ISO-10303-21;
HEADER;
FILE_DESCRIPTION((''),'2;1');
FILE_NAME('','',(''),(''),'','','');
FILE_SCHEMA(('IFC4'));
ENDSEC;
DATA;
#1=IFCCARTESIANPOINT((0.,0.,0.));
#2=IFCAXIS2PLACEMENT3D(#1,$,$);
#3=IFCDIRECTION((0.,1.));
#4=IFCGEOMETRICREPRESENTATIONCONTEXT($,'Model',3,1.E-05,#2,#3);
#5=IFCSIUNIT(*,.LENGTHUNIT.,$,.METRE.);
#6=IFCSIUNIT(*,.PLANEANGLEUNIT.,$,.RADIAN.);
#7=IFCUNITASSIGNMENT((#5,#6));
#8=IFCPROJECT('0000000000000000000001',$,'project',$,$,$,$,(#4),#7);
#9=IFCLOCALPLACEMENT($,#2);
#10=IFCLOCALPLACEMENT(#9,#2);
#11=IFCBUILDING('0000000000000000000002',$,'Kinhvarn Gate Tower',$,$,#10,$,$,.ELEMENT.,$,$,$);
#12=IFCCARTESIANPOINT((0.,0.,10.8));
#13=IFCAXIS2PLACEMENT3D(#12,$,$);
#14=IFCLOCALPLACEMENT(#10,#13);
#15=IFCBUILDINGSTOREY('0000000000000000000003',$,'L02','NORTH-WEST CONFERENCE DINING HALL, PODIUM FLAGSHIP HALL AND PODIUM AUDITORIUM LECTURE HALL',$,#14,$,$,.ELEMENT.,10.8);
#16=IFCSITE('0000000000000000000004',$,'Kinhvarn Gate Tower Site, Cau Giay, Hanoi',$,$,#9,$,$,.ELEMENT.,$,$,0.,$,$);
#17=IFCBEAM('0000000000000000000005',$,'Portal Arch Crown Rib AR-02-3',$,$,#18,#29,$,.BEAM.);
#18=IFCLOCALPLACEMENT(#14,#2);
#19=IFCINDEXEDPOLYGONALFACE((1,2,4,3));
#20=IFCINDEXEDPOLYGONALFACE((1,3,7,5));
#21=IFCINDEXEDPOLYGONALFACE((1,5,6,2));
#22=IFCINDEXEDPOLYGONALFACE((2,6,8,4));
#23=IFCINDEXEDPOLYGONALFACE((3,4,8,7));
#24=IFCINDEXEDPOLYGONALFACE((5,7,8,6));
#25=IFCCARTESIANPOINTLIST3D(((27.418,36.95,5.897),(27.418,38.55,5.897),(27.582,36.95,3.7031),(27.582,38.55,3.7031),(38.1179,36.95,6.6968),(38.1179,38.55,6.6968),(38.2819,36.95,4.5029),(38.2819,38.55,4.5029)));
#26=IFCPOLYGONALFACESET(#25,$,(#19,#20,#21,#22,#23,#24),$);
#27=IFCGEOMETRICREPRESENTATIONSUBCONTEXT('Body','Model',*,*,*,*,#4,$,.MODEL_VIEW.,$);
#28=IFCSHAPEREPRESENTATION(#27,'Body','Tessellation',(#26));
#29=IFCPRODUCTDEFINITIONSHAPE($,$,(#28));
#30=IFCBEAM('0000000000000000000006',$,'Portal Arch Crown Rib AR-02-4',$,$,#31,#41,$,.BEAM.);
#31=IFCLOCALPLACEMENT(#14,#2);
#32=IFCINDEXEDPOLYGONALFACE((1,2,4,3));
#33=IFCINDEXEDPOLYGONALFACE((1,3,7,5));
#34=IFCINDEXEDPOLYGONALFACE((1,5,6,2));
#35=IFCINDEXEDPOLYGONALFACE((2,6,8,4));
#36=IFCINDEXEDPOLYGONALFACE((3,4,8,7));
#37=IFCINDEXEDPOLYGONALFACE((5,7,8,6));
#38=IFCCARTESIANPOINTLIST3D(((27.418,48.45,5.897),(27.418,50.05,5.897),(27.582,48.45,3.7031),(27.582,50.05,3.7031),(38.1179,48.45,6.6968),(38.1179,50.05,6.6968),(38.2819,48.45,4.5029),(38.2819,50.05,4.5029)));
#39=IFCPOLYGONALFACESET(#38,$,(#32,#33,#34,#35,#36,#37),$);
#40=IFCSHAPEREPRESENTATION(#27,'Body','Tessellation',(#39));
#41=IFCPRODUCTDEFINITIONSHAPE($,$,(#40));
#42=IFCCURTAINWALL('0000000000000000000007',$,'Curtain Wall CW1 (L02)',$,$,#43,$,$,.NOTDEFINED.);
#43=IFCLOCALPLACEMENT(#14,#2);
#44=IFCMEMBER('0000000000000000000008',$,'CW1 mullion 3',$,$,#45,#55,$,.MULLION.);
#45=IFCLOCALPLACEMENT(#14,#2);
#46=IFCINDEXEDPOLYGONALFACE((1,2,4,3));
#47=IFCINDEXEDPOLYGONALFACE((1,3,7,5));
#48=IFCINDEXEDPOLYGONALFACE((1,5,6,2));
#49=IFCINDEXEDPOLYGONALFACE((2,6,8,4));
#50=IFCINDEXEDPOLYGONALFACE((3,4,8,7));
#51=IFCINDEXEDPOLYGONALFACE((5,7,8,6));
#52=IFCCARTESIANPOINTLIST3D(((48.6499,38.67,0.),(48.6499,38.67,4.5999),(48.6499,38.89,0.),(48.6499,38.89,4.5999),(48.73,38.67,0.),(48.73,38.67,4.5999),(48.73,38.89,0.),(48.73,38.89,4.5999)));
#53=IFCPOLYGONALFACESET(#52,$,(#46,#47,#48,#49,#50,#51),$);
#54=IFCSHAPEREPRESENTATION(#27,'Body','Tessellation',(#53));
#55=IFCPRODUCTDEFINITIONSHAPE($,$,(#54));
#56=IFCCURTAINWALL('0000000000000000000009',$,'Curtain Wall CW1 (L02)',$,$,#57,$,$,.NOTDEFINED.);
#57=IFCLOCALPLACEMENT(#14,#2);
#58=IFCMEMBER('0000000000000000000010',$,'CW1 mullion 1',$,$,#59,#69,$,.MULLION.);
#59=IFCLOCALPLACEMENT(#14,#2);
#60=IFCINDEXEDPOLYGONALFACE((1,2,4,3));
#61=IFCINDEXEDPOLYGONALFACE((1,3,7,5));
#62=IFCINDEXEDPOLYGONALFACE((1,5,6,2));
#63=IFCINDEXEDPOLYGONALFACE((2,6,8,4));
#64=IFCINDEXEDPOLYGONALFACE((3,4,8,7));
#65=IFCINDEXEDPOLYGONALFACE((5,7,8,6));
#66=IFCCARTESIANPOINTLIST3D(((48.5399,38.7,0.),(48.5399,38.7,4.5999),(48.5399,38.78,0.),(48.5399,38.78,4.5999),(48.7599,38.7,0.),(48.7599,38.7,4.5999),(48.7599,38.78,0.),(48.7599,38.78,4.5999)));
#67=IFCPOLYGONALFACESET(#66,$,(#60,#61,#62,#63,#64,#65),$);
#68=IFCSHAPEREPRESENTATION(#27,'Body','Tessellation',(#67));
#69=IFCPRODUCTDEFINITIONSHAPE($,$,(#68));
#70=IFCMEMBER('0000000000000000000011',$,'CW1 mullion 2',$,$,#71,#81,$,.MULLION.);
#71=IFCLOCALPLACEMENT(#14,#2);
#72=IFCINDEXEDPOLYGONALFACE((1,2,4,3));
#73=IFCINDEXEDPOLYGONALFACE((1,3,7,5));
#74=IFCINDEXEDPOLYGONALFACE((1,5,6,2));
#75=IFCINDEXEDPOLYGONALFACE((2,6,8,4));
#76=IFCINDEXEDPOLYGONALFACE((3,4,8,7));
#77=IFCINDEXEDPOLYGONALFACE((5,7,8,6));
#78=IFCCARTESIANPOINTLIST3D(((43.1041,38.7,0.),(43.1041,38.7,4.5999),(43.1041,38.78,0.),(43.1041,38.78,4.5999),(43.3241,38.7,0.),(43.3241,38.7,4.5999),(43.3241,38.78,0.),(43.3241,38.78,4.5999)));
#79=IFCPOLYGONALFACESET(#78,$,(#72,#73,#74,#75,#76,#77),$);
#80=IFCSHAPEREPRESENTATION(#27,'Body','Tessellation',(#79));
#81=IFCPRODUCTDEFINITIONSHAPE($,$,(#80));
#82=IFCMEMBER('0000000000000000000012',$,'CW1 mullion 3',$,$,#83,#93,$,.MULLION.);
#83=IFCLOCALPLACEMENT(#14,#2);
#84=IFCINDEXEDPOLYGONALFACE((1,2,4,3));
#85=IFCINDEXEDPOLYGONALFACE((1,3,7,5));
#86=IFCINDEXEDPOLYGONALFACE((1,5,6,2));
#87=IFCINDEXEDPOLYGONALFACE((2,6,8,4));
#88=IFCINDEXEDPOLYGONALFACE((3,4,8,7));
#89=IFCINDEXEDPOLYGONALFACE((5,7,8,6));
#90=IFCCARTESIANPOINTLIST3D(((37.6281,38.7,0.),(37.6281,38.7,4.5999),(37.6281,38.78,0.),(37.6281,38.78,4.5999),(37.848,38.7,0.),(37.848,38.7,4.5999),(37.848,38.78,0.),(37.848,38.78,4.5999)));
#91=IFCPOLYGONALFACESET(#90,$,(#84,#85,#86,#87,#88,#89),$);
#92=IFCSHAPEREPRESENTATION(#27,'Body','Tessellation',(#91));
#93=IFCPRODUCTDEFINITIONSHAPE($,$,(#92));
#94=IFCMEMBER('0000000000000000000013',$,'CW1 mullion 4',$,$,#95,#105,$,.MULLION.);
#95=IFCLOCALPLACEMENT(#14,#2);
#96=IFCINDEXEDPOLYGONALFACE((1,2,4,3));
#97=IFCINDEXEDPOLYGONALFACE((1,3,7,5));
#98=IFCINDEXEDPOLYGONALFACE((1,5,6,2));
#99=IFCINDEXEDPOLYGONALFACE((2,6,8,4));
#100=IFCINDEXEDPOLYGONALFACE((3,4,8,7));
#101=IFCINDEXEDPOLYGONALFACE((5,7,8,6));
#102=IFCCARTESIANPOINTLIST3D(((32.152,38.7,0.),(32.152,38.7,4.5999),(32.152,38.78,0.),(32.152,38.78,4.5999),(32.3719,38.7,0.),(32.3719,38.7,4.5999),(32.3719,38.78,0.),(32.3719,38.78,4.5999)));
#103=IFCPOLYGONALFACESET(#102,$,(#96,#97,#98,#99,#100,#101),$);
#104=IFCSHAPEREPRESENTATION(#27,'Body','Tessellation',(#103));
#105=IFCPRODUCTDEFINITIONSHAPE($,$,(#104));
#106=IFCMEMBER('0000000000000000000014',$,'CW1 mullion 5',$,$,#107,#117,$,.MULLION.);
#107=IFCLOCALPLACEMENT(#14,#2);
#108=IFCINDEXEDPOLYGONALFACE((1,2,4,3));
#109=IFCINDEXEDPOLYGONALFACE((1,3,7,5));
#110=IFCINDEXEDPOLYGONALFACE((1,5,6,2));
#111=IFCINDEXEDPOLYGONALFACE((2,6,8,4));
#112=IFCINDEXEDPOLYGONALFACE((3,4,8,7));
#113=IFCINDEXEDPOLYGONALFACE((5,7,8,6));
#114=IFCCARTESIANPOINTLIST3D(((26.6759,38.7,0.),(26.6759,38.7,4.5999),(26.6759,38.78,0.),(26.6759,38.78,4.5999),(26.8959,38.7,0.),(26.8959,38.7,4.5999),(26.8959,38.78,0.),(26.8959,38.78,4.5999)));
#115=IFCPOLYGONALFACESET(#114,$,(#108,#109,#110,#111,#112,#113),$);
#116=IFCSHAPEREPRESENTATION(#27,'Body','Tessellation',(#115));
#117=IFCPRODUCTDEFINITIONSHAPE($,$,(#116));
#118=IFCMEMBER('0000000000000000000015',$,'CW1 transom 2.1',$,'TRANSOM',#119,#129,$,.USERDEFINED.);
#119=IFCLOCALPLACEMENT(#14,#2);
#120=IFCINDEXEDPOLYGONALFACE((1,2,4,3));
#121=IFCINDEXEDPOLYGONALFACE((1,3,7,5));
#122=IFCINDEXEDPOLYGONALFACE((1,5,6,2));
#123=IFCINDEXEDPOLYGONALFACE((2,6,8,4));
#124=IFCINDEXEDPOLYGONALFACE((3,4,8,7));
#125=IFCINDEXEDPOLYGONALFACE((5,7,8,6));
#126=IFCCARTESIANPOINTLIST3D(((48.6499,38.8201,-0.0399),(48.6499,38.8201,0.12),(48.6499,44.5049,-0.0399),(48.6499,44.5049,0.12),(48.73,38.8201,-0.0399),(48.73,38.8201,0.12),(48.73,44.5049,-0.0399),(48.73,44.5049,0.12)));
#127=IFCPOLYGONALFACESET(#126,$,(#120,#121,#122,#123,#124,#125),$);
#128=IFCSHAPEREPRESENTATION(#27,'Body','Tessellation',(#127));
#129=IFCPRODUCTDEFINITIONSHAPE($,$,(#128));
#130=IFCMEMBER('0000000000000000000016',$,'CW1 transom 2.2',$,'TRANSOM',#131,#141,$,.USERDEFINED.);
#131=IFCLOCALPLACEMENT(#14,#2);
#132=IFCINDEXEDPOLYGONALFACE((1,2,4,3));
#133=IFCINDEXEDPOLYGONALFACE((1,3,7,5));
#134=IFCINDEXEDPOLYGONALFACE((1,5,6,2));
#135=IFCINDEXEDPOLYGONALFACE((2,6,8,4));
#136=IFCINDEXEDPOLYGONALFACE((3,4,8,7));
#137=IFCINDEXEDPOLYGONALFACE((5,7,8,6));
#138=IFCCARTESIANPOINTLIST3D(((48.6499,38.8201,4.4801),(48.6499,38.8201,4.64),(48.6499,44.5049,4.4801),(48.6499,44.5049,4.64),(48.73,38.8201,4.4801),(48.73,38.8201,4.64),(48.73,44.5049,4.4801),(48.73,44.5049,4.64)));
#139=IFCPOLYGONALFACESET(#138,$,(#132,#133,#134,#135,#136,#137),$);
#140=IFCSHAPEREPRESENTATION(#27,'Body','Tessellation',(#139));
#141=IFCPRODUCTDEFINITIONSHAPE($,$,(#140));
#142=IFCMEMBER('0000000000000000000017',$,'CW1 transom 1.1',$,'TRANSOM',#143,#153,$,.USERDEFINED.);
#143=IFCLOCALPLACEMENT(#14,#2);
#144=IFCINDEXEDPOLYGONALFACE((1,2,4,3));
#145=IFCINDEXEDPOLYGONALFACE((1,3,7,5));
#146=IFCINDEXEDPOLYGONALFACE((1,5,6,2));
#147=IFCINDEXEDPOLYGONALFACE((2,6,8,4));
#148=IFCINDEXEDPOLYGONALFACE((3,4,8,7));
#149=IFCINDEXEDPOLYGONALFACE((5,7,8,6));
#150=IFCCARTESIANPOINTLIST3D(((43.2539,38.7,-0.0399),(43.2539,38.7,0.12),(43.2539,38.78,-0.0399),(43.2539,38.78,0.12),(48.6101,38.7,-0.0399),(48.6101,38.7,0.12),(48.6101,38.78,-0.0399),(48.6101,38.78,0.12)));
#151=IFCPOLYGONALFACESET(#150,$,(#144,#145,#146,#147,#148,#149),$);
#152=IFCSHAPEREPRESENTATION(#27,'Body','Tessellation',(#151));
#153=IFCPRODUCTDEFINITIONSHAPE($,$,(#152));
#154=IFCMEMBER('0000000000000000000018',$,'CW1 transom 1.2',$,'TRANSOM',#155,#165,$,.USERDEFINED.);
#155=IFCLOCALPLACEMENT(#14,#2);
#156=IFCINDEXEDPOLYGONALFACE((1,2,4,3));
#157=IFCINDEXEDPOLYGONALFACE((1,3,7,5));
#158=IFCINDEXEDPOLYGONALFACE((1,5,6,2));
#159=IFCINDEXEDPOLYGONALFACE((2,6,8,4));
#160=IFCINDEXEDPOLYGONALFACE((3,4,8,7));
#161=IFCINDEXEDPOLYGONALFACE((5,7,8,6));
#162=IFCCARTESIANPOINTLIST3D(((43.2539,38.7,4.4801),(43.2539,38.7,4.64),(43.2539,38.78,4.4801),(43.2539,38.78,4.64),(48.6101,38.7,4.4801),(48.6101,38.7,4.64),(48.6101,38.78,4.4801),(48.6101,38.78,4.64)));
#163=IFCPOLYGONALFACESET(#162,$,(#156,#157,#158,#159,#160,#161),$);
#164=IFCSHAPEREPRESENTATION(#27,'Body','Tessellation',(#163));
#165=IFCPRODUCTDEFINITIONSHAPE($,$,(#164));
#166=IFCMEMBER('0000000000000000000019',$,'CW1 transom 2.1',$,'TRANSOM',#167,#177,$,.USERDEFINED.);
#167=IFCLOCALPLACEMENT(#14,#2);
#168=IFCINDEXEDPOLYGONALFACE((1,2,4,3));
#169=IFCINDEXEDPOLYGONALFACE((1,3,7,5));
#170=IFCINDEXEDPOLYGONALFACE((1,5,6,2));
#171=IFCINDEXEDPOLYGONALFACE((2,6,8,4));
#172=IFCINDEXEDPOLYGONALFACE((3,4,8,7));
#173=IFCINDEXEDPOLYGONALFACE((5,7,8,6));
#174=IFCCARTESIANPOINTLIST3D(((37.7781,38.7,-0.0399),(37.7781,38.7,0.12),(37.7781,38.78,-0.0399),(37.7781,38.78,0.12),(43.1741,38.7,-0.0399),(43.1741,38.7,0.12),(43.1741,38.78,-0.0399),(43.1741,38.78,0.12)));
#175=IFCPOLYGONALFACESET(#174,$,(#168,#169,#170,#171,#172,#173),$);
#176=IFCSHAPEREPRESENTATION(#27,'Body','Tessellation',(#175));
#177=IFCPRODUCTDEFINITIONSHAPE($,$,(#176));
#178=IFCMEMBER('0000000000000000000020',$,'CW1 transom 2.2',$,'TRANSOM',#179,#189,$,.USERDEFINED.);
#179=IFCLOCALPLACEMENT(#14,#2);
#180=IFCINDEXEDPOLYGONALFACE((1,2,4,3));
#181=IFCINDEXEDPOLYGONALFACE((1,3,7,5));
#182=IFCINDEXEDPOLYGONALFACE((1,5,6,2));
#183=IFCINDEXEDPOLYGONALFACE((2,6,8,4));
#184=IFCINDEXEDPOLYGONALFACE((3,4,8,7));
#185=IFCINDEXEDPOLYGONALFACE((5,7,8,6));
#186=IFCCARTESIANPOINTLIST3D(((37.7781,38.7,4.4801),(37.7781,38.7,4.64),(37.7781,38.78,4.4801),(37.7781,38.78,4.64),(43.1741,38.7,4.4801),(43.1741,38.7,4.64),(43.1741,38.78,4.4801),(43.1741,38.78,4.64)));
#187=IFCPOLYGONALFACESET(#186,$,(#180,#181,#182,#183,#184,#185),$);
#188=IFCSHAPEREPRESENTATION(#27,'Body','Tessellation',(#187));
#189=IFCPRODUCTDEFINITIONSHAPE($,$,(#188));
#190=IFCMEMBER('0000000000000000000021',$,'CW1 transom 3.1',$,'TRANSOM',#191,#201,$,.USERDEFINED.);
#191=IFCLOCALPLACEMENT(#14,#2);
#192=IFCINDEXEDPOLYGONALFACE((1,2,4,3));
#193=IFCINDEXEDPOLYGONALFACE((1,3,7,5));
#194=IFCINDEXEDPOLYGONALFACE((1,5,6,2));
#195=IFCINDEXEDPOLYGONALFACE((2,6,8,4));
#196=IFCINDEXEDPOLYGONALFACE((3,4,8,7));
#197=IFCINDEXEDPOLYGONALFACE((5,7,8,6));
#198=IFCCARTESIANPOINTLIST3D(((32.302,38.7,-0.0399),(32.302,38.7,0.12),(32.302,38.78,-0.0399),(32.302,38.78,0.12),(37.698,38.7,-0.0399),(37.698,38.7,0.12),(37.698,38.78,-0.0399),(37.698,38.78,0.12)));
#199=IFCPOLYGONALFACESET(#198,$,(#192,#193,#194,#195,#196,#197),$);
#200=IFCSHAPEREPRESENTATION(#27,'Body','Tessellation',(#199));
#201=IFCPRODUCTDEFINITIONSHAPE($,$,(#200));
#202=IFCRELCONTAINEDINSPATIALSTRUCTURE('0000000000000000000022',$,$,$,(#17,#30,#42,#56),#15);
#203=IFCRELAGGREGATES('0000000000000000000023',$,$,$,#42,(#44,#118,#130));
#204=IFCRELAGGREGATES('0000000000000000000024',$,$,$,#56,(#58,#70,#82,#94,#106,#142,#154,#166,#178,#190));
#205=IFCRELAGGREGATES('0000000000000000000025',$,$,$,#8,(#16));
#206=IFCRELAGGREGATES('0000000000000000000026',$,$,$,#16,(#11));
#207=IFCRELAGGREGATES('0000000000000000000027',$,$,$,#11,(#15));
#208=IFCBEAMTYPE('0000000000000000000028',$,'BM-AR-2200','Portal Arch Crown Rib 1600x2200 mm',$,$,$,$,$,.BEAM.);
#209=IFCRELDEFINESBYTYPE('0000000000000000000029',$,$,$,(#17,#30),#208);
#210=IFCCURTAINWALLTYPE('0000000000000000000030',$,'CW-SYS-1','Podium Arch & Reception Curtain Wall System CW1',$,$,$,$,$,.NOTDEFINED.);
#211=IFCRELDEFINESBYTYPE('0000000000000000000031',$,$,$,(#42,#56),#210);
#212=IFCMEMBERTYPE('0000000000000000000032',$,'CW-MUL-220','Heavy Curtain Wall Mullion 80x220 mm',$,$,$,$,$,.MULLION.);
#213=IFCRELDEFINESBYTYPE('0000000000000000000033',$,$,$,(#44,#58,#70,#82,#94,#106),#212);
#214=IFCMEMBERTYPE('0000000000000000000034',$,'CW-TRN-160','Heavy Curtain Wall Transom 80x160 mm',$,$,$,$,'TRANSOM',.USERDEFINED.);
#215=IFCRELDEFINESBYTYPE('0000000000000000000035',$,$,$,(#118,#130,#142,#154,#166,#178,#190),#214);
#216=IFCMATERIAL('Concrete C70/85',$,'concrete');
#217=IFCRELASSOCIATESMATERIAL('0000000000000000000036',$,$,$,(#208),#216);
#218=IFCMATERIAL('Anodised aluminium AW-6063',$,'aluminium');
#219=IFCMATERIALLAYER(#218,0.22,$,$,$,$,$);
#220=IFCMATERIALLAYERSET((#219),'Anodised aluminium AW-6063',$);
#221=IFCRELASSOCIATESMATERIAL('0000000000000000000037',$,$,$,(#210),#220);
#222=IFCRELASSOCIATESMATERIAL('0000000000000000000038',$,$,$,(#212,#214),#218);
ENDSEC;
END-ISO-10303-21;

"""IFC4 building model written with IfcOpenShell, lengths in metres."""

from ifc_helpers import new_model, si_unit, direction, frame, origin, origin_2d, place, context, subcontext, project, spatial, rectangle, extrude, material, layer, layer_set, material_profile, profile_set, type_object, element, aggregate, save


model = new_model("IFC4")

# Units and contexts
model_context = context("Model", 3, precision=1e-05, world=origin(), true_north=direction((0.0, 1.0)))
body_context = subcontext(model_context, "Body", "Model", "MODEL_VIEW")
ifc_project = project(units=[si_unit("LENGTHUNIT", "METRE"), si_unit("PLANEANGLEUNIT", "RADIAN")], contexts=[model_context])

# Site, building, storey
site_placement = place(None, origin())
site = spatial("IfcSite", under=ifc_project, at=site_placement, Name="Kinhvarn Gate Tower Site, Cau Giay, Hanoi", CompositionType="ELEMENT", RefElevation=0.0)
building_placement = place(site_placement, origin())
building = spatial("IfcBuilding", under=site, at=building_placement, Name="Kinhvarn Gate Tower", CompositionType="ELEMENT")
storey_placement = place(building_placement, frame((0.0, 0.0, 10.8)))
storey = spatial("IfcBuildingStorey", under=building, at=storey_placement, Name="L02", Description="NORTH-WEST CONFERENCE DINING HALL, PODIUM FLAGSHIP HALL AND PODIUM AUDITORIUM LECTURE HALL", CompositionType="ELEMENT", Elevation=10.8)

# Beams
ifc_material_1 = material(Name="Concrete C70/85", Category="concrete")
ifc_material_profile_1 = material_profile(ifc_material_1, rectangle(XDim=1.6001, YDim=2.2, at=origin_2d()), Name="RC 1600x2200")
ifc_profile_set_1 = profile_set([ifc_material_profile_1], Name="Concrete C70/85")
beam_type_1 = type_object("IfcBeamType", Name="BM-AR-2200", Description="Portal Arch Crown Rib 1600x2200 mm", PredefinedType="BEAM", material=ifc_profile_set_1)
for number, where, z_axis, x_axis, name in (
    (1, (27.5, 37.75, 4.8), (0.997218, 0.0, 0.07454), (0.0, 1.0, 0.0), "Portal Arch Crown Rib AR-02-3"),
    (2, (27.5, 49.25, 4.8), (0.997218, 0.0, 0.07454), (0.0, 1.0, 0.0), "Portal Arch Crown Rib AR-02-4"),
):
    element("IfcBeam", number, at=place(storey_placement, frame(where, z_axis=z_axis, x_axis=x_axis)), inside=storey, type_object=beam_type_1, Name=name, PredefinedType="BEAM", context=body_context, shape_type="SweptSolid", body=[
        extrude(rectangle(XDim=1.6001, YDim=2.2, at=origin_2d()), origin(), (0.0, 0.0, 1.0), 10.7297),
    ])

# Curtain wall, member
ifc_material_2 = material(Name="Anodised aluminium AW-6063", Category="aluminium")
ifc_layer_1 = layer(ifc_material_2, 0.22)
ifc_layer_set_1 = layer_set([ifc_layer_1], Name="Anodised aluminium AW-6063")
curtain_wall_type = type_object("IfcCurtainWallType", Name="CW-SYS-1", Description="Podium Arch & Reception Curtain Wall System CW1", PredefinedType="NOTDEFINED", material=ifc_layer_set_1)
curtain_wall_1_placement = place(storey_placement, origin())
curtain_wall_1 = element("IfcCurtainWall", 3, at=curtain_wall_1_placement, inside=storey, type_object=curtain_wall_type, Name="Curtain Wall CW1 (L02)", PredefinedType="NOTDEFINED")
ifc_material_profile_2 = material_profile(ifc_material_2, rectangle(XDim=0.0801, YDim=0.22, at=origin_2d()), Name="ALU 80x220")
ifc_profile_set_2 = profile_set([ifc_material_profile_2], Name="Anodised aluminium AW-6063")
member_type_1 = type_object("IfcMemberType", Name="CW-MUL-220", Description="Heavy Curtain Wall Mullion 80x220 mm", PredefinedType="MULLION", material=ifc_profile_set_2)
member_1_placement = place(storey_placement, frame((48.6899, 38.78, 0.0), z_axis=(0.0, 0.0, 1.0), x_axis=(1.0, 0.0, 0.0)))
member_1 = element("IfcMember", 4, at=member_1_placement, type_object=member_type_1, Name="CW1 mullion 3", PredefinedType="MULLION", context=body_context, shape_type="SweptSolid", body=[
    extrude(rectangle(XDim=0.0801, YDim=0.22, at=origin_2d()), origin(), (0.0, 0.0, 1.0), 4.5999),
])

# Curtain wall, members
curtain_wall_2_placement = place(storey_placement, origin())
curtain_wall_2 = element("IfcCurtainWall", 5, at=curtain_wall_2_placement, inside=storey, type_object=curtain_wall_type, Name="Curtain Wall CW1 (L02)", PredefinedType="NOTDEFINED")
member_2_placement = place(storey_placement, frame((48.6499, 38.74, 0.0), z_axis=(0.0, 0.0, 1.0), x_axis=(0.0, -1.0, 0.0)))
member_2 = element("IfcMember", 6, at=member_2_placement, type_object=member_type_1, Name="CW1 mullion 1", PredefinedType="MULLION", context=body_context, shape_type="SweptSolid", body=[
    extrude(rectangle(XDim=0.0801, YDim=0.22, at=origin_2d()), origin(), (0.0, 0.0, 1.0), 4.5999),
])
member_3_placement = place(storey_placement, frame((43.2141, 38.74, 0.0), z_axis=(0.0, 0.0, 1.0), x_axis=(0.0, -1.0, 0.0)))
member_3 = element("IfcMember", 7, at=member_3_placement, type_object=member_type_1, Name="CW1 mullion 2", PredefinedType="MULLION", context=body_context, shape_type="SweptSolid", body=[
    extrude(rectangle(XDim=0.0801, YDim=0.22, at=origin_2d()), origin(), (0.0, 0.0, 1.0), 4.5999),
])
member_4_placement = place(storey_placement, frame((37.738, 38.74, 0.0), z_axis=(0.0, 0.0, 1.0), x_axis=(0.0, -1.0, 0.0)))
member_4 = element("IfcMember", 8, at=member_4_placement, type_object=member_type_1, Name="CW1 mullion 3", PredefinedType="MULLION", context=body_context, shape_type="SweptSolid", body=[
    extrude(rectangle(XDim=0.0801, YDim=0.22, at=origin_2d()), origin(), (0.0, 0.0, 1.0), 4.5999),
])
member_5_placement = place(storey_placement, frame((32.262, 38.74, 0.0), z_axis=(0.0, 0.0, 1.0), x_axis=(0.0, -1.0, 0.0)))
member_5 = element("IfcMember", 9, at=member_5_placement, type_object=member_type_1, Name="CW1 mullion 4", PredefinedType="MULLION", context=body_context, shape_type="SweptSolid", body=[
    extrude(rectangle(XDim=0.0801, YDim=0.22, at=origin_2d()), origin(), (0.0, 0.0, 1.0), 4.5999),
])
member_6_placement = place(storey_placement, frame((26.7859, 38.74, 0.0), z_axis=(0.0, 0.0, 1.0), x_axis=(0.0, -1.0, 0.0)))
member_6 = element("IfcMember", 10, at=member_6_placement, type_object=member_type_1, Name="CW1 mullion 5", PredefinedType="MULLION", context=body_context, shape_type="SweptSolid", body=[
    extrude(rectangle(XDim=0.0801, YDim=0.22, at=origin_2d()), origin(), (0.0, 0.0, 1.0), 4.5999),
])

# Members
ifc_material_profile_3 = material_profile(ifc_material_2, rectangle(XDim=0.0801, YDim=0.1599, at=origin_2d()), Name="ALU 80x160")
ifc_profile_set_3 = profile_set([ifc_material_profile_3], Name="Anodised aluminium AW-6063")
member_type_2 = type_object("IfcMemberType", Name="CW-TRN-160", Description="Heavy Curtain Wall Transom 80x160 mm", ElementType="TRANSOM", PredefinedType="USERDEFINED", material=ifc_profile_set_3)
member_7_placement = place(storey_placement, frame((48.6899, 44.5049, 0.04), z_axis=(0.0, -1.0, 0.0), x_axis=(1.0, 0.0, 0.0)))
member_7 = element("IfcMember", 11, at=member_7_placement, type_object=member_type_2, Name="CW1 transom 2.1", ObjectType="TRANSOM", PredefinedType="USERDEFINED", context=body_context, shape_type="SweptSolid", body=[
    extrude(rectangle(XDim=0.0801, YDim=0.1599, at=origin_2d()), origin(), (0.0, 0.0, 1.0), 5.6848),
])
member_8_placement = place(storey_placement, frame((48.6899, 44.5049, 4.5601), z_axis=(0.0, -1.0, 0.0), x_axis=(1.0, 0.0, 0.0)))
member_8 = element("IfcMember", 12, at=member_8_placement, type_object=member_type_2, Name="CW1 transom 2.2", ObjectType="TRANSOM", PredefinedType="USERDEFINED", context=body_context, shape_type="SweptSolid", body=[
    extrude(rectangle(XDim=0.0801, YDim=0.1599, at=origin_2d()), origin(), (0.0, 0.0, 1.0), 5.6848),
])
member_9_placement = place(storey_placement, frame((48.6101, 38.74, 0.04), z_axis=(-1.0, 0.0, 0.0), x_axis=(0.0, -1.0, 0.0)))
member_9 = element("IfcMember", 13, at=member_9_placement, type_object=member_type_2, Name="CW1 transom 1.1", ObjectType="TRANSOM", PredefinedType="USERDEFINED", context=body_context, shape_type="SweptSolid", body=[
    extrude(rectangle(XDim=0.0801, YDim=0.1599, at=origin_2d()), origin(), (0.0, 0.0, 1.0), 5.3562),
])
member_10_placement = place(storey_placement, frame((48.6101, 38.74, 4.5601), z_axis=(-1.0, 0.0, 0.0), x_axis=(0.0, -1.0, 0.0)))
member_10 = element("IfcMember", 14, at=member_10_placement, type_object=member_type_2, Name="CW1 transom 1.2", ObjectType="TRANSOM", PredefinedType="USERDEFINED", context=body_context, shape_type="SweptSolid", body=[
    extrude(rectangle(XDim=0.0801, YDim=0.1599, at=origin_2d()), origin(), (0.0, 0.0, 1.0), 5.3562),
])
member_11_placement = place(storey_placement, frame((43.1741, 38.74, 0.04), z_axis=(-1.0, 0.0, 0.0), x_axis=(0.0, -1.0, 0.0)))
member_11 = element("IfcMember", 15, at=member_11_placement, type_object=member_type_2, Name="CW1 transom 2.1", ObjectType="TRANSOM", PredefinedType="USERDEFINED", context=body_context, shape_type="SweptSolid", body=[
    extrude(rectangle(XDim=0.0801, YDim=0.1599, at=origin_2d()), origin(), (0.0, 0.0, 1.0), 5.396),
])
member_12_placement = place(storey_placement, frame((43.1741, 38.74, 4.5601), z_axis=(-1.0, 0.0, 0.0), x_axis=(0.0, -1.0, 0.0)))
member_12 = element("IfcMember", 16, at=member_12_placement, type_object=member_type_2, Name="CW1 transom 2.2", ObjectType="TRANSOM", PredefinedType="USERDEFINED", context=body_context, shape_type="SweptSolid", body=[
    extrude(rectangle(XDim=0.0801, YDim=0.1599, at=origin_2d()), origin(), (0.0, 0.0, 1.0), 5.396),
])
member_13_placement = place(storey_placement, frame((37.698, 38.74, 0.04), z_axis=(-1.0, 0.0, 0.0), x_axis=(0.0, -1.0, 0.0)))
member_13 = element("IfcMember", 17, at=member_13_placement, type_object=member_type_2, Name="CW1 transom 3.1", ObjectType="TRANSOM", PredefinedType="USERDEFINED", context=body_context, shape_type="SweptSolid", body=[
    extrude(rectangle(XDim=0.0801, YDim=0.1599, at=origin_2d()), origin(), (0.0, 0.0, 1.0), 5.396),
])

aggregate(curtain_wall_1, [member_1, member_7, member_8])
aggregate(curtain_wall_2, [member_2, member_3, member_4, member_5, member_6, member_9, member_10, member_11, member_12, member_13])

save(model, "model.ifc")
